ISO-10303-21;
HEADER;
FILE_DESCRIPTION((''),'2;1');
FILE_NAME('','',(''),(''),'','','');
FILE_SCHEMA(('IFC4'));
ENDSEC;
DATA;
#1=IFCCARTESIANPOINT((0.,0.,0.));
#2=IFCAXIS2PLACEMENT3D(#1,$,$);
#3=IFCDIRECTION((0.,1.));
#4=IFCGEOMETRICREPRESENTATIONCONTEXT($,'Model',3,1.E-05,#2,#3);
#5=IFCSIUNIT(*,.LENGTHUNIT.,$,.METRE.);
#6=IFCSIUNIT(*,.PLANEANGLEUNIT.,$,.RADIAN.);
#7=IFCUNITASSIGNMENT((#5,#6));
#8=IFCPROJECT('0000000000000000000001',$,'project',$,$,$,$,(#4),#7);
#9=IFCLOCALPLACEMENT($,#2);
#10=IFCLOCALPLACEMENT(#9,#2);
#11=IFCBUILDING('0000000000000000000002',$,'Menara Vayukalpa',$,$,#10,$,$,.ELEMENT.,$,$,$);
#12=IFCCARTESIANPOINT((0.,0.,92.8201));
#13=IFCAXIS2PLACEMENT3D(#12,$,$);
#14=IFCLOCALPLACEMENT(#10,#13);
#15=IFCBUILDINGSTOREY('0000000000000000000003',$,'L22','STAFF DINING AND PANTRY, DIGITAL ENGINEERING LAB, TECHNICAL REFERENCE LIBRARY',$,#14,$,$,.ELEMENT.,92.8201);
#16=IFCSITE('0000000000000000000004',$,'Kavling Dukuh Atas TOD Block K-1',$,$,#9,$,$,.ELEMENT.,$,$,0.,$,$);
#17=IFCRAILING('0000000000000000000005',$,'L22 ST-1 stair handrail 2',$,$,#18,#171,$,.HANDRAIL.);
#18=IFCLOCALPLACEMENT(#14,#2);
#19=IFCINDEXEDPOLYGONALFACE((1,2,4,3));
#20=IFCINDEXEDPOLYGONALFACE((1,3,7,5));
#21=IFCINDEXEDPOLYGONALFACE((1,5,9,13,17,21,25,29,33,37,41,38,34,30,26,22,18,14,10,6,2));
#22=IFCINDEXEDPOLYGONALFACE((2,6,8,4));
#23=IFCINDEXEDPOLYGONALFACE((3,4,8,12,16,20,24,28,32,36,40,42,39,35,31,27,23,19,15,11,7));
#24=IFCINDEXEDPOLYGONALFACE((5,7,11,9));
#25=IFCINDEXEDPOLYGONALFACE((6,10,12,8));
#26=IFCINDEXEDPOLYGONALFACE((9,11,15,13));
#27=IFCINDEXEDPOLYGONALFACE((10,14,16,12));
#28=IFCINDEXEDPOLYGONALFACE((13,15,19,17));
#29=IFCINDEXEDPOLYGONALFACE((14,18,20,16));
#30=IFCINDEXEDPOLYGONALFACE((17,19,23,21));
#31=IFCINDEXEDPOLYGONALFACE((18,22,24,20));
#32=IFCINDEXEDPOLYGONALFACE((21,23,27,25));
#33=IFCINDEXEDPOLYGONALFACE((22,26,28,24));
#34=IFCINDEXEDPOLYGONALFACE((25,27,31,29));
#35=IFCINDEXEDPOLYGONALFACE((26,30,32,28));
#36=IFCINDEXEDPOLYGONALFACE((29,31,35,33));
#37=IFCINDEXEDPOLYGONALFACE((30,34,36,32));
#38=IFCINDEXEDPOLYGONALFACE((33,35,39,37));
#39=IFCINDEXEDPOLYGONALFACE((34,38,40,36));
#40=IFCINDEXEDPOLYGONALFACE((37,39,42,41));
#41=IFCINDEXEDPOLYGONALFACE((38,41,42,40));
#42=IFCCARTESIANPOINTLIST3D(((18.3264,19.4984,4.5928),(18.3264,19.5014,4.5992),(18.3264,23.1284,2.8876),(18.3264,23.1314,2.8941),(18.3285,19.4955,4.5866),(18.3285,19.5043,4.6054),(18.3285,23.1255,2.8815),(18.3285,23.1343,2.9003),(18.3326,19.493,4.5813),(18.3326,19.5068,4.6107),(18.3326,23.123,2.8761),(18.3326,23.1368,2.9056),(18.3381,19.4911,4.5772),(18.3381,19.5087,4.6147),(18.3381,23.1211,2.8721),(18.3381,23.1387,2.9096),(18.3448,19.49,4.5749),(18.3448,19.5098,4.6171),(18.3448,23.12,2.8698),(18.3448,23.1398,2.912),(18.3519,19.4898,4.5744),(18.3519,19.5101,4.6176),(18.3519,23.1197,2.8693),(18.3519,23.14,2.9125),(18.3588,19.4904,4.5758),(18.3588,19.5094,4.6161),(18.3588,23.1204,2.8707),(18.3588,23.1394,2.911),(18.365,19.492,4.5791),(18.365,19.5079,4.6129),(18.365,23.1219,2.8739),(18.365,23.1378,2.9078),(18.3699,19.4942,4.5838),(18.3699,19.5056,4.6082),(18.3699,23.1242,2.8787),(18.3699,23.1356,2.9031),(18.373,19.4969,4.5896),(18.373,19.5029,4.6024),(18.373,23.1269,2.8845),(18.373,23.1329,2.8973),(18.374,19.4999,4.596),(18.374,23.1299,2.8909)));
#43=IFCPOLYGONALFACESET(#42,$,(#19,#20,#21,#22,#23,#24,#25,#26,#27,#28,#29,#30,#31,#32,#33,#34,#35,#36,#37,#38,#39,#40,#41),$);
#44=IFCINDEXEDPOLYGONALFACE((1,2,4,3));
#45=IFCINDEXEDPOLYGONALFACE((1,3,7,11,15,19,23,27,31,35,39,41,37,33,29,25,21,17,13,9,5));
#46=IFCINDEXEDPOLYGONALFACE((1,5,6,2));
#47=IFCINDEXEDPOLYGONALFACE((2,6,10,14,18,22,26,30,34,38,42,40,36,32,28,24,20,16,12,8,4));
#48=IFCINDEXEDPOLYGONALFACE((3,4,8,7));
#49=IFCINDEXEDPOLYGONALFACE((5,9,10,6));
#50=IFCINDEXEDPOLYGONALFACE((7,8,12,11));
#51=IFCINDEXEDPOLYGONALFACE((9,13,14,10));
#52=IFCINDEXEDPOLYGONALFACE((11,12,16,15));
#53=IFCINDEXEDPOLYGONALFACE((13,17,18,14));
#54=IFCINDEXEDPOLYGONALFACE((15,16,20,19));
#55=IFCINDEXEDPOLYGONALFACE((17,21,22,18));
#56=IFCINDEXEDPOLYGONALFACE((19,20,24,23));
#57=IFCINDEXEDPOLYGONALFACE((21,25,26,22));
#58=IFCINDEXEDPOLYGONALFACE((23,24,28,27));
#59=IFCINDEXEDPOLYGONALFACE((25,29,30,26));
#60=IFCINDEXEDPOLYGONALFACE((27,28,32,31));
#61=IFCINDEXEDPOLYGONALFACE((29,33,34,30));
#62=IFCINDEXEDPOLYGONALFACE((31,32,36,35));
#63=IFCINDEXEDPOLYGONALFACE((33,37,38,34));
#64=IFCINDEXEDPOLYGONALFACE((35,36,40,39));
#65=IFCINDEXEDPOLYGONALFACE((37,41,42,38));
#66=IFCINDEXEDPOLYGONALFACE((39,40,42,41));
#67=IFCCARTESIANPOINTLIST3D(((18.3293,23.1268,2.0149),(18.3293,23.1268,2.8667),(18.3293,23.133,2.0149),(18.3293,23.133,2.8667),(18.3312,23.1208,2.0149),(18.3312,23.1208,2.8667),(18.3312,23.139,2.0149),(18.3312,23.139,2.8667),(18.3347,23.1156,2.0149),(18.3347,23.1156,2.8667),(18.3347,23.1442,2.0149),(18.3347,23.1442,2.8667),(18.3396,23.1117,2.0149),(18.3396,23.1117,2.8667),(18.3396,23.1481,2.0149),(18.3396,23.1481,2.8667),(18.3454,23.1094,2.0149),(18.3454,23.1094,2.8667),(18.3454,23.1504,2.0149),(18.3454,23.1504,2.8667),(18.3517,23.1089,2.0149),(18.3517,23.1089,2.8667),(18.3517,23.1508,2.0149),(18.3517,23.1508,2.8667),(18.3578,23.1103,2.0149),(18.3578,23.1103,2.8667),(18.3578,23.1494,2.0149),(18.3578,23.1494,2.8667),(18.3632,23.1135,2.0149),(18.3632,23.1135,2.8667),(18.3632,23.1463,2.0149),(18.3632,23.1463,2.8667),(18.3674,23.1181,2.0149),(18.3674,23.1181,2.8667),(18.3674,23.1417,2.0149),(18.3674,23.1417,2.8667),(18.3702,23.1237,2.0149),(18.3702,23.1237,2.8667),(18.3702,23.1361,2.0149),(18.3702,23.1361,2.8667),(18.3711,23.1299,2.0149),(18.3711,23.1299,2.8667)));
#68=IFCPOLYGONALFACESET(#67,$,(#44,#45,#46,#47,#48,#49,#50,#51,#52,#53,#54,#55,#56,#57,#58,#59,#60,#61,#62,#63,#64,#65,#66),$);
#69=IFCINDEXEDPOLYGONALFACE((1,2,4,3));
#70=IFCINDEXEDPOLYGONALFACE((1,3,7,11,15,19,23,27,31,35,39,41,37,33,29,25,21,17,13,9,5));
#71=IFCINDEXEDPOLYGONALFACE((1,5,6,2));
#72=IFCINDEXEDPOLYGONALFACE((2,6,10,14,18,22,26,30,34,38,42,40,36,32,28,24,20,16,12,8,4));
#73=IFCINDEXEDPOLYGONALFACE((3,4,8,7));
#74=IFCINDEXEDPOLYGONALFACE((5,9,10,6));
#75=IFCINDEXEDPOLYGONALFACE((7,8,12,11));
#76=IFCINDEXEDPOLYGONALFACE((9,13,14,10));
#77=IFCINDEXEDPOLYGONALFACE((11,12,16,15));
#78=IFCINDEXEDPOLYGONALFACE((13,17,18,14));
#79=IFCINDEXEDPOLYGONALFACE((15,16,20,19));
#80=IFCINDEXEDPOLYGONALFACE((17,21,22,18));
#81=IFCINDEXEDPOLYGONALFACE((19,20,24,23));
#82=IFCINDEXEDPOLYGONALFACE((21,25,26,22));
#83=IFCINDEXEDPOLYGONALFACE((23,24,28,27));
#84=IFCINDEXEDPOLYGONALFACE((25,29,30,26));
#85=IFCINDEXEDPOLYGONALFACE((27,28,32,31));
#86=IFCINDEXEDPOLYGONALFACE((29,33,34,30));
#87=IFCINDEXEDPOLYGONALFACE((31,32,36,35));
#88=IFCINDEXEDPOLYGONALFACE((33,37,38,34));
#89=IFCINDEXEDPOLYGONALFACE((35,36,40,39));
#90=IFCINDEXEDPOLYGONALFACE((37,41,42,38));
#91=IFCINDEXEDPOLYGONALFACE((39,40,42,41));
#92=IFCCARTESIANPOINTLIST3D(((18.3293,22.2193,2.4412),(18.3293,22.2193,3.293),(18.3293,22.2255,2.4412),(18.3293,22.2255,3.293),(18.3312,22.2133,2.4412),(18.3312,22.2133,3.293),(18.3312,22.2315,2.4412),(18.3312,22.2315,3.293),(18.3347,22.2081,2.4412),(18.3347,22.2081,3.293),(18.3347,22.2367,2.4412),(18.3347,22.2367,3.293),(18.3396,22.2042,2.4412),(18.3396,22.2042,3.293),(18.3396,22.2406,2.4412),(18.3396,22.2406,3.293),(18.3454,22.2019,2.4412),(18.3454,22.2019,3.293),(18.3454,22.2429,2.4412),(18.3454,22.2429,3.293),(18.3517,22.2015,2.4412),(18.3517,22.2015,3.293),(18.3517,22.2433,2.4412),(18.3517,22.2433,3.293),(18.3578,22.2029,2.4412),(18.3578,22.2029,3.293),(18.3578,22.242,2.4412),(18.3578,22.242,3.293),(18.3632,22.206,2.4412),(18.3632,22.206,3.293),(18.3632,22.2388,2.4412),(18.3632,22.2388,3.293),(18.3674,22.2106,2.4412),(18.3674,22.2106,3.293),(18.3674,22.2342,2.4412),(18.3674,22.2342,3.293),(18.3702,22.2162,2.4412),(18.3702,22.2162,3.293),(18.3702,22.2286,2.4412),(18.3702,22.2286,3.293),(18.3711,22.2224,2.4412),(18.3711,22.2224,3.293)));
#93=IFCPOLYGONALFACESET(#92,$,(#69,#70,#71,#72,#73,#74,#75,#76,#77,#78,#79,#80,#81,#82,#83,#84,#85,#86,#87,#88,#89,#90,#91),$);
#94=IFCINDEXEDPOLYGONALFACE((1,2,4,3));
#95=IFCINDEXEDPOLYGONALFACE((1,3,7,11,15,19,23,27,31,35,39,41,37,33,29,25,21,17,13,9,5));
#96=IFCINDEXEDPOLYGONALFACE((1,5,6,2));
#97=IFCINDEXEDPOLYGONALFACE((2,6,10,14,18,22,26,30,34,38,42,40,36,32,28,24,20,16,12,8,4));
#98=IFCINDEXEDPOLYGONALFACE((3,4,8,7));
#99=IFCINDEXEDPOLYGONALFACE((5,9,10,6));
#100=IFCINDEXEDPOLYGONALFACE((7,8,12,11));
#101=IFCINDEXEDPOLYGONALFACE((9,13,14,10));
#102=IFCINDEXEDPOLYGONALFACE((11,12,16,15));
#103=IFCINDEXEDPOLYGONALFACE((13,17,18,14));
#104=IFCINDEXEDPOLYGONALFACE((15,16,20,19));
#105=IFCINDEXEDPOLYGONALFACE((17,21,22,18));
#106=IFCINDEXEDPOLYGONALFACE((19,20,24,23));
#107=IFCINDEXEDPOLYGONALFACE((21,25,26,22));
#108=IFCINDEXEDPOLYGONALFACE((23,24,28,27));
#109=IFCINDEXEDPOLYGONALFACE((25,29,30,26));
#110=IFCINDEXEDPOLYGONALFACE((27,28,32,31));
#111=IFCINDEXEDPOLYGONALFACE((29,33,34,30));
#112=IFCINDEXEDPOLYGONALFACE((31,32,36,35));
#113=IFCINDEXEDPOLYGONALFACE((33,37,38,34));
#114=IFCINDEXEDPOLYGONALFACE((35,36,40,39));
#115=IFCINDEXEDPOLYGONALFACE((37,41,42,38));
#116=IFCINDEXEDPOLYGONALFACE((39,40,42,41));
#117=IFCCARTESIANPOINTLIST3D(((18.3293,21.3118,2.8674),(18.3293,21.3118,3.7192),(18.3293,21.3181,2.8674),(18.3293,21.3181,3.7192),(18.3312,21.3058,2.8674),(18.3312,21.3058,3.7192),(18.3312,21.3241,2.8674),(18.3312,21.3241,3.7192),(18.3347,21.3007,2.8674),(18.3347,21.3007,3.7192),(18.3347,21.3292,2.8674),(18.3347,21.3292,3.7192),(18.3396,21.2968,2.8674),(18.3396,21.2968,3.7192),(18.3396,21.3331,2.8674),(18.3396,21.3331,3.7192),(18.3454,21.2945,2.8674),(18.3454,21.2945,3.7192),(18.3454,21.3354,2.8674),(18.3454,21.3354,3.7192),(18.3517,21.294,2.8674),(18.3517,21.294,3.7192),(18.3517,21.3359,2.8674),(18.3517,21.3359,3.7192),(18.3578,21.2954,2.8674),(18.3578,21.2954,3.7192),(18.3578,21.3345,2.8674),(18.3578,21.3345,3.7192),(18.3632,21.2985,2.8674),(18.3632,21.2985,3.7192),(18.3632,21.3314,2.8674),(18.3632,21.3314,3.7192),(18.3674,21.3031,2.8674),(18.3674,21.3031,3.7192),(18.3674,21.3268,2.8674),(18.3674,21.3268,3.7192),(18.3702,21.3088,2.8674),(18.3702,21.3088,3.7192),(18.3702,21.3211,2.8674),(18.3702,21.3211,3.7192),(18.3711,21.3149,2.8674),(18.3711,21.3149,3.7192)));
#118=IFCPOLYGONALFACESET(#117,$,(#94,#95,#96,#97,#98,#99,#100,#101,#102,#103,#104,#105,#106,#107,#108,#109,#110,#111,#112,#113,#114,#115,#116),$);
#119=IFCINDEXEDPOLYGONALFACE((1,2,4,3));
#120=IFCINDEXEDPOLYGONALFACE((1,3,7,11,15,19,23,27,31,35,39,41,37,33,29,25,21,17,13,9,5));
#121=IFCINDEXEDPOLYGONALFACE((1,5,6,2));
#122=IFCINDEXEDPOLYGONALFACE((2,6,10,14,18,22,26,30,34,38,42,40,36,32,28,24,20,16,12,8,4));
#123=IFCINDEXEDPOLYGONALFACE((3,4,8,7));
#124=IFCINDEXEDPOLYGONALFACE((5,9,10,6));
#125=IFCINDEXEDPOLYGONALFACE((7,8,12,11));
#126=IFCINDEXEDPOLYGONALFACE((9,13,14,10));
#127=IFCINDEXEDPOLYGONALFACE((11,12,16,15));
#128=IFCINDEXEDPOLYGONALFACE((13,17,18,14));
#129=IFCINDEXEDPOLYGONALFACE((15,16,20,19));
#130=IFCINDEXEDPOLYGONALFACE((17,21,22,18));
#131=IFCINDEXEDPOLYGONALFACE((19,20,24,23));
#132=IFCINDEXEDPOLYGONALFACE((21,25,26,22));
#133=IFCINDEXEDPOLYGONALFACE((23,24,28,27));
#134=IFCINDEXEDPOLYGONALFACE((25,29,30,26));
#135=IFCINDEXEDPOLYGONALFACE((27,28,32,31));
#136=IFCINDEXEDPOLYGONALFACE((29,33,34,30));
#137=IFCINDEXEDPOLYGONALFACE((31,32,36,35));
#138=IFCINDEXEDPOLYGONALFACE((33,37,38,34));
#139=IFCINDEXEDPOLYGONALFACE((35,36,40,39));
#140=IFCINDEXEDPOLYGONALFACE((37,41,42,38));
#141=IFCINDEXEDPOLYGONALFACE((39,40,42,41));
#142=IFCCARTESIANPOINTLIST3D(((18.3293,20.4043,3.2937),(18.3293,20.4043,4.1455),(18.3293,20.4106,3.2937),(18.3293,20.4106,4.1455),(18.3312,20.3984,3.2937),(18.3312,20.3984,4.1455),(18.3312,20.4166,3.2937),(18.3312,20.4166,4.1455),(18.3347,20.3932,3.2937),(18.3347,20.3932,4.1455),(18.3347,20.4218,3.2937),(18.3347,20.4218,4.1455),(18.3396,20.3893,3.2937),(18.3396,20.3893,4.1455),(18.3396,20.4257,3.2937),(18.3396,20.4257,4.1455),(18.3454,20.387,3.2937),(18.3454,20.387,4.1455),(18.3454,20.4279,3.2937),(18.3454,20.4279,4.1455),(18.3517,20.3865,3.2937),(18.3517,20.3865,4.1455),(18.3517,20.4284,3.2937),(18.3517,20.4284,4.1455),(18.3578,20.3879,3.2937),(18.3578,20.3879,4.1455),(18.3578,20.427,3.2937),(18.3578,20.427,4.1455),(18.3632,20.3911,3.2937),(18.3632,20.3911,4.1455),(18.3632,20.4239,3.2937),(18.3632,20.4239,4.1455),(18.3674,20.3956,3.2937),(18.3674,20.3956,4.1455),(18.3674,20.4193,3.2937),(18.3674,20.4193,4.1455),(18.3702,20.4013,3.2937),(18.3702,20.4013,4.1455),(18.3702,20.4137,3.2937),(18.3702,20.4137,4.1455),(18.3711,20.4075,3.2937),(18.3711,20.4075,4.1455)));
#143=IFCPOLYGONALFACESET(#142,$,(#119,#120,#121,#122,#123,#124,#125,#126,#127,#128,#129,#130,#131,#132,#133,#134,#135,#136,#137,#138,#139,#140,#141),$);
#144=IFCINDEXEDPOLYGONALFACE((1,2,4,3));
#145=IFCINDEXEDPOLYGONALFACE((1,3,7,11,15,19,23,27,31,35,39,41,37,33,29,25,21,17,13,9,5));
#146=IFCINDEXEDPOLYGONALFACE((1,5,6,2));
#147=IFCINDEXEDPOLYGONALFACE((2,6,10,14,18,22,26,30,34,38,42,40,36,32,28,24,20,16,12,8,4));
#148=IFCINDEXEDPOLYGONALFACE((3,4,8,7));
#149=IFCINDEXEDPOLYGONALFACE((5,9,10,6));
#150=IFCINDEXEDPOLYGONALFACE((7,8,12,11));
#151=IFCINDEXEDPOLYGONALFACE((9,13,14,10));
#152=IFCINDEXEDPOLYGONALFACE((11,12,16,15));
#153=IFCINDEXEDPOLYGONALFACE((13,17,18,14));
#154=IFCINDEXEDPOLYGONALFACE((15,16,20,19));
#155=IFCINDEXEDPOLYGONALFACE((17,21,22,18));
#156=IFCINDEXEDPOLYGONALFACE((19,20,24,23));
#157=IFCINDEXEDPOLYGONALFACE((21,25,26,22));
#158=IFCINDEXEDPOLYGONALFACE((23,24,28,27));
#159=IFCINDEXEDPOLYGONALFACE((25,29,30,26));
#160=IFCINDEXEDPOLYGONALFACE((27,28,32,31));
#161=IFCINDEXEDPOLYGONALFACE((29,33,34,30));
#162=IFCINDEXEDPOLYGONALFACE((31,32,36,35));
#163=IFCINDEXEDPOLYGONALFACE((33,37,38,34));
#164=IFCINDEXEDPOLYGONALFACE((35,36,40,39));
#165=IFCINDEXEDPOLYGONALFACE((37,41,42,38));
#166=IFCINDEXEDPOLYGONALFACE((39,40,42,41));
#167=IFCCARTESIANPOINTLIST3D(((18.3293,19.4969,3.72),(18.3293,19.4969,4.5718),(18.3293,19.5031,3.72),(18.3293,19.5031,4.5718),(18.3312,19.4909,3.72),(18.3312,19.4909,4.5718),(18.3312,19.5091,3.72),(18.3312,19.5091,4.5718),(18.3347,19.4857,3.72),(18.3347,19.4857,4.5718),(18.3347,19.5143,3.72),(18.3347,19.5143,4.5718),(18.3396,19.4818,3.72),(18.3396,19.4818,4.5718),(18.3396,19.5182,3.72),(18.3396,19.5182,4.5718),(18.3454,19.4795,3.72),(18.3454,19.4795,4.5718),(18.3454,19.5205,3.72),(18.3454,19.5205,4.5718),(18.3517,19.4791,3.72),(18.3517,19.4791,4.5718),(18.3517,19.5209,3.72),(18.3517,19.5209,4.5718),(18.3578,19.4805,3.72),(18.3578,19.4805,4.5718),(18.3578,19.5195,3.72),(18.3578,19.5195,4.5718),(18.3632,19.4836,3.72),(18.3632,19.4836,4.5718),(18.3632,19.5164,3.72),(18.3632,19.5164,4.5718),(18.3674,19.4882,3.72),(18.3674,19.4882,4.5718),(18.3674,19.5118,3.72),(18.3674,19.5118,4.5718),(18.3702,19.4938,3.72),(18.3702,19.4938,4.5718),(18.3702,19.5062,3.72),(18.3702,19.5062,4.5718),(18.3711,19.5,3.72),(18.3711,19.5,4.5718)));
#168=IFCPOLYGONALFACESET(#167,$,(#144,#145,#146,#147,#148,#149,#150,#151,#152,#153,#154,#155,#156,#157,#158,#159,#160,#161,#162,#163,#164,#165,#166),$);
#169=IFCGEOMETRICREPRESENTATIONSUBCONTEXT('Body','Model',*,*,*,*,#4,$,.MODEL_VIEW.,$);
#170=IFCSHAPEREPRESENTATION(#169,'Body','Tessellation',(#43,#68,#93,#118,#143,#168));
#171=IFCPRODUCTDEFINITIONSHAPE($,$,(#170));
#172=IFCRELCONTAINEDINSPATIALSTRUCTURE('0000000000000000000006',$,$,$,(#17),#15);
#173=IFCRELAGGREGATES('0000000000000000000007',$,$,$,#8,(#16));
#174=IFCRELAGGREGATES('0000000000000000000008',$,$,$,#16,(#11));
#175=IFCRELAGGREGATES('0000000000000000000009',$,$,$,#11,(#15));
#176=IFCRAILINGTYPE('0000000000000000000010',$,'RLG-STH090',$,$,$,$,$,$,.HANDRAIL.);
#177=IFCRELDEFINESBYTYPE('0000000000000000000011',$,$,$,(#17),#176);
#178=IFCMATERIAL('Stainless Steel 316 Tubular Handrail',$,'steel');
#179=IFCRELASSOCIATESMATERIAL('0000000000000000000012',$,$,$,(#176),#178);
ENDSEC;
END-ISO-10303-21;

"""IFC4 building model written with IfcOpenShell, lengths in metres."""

from ifc_helpers import new_model, si_unit, direction, frame, origin, origin_2d, place, context, subcontext, project, spatial, circle, extrude, material, type_object, element, save


model = new_model("IFC4")

# Units and contexts
model_context = context("Model", 3, precision=1e-05, world=origin(), true_north=direction((0.0, 1.0)))
body_context = subcontext(model_context, "Body", "Model", "MODEL_VIEW")
ifc_project = project(units=[si_unit("LENGTHUNIT", "METRE"), si_unit("PLANEANGLEUNIT", "RADIAN")], contexts=[model_context])

# Site, building, storey
site_placement = place(None, origin())
site = spatial("IfcSite", under=ifc_project, at=site_placement, Name="Kavling Dukuh Atas TOD Block K-1", CompositionType="ELEMENT", RefElevation=0.0)
building_placement = place(site_placement, origin())
building = spatial("IfcBuilding", under=site, at=building_placement, Name="Menara Vayukalpa", CompositionType="ELEMENT")
storey_placement = place(building_placement, frame((0.0, 0.0, 92.8201)))
storey = spatial("IfcBuildingStorey", under=building, at=storey_placement, Name="L22", Description="STAFF DINING AND PANTRY, DIGITAL ENGINEERING LAB, TECHNICAL REFERENCE LIBRARY", CompositionType="ELEMENT", Elevation=92.8201)

# Railing
ifc_material_1 = material(Name="Stainless Steel 316 Tubular Handrail", Category="steel")
railing_type_1 = type_object("IfcRailingType", Name="RLG-STH090", PredefinedType="HANDRAIL", material=ifc_material_1)
railing_1_placement = place(storey_placement, frame((18.3501, 23.1299, 2.0149)))
element("IfcRailing", 1, at=railing_1_placement, inside=storey, type_object=railing_type_1, Name="L22 ST-1 stair handrail 2", PredefinedType="HANDRAIL", context=body_context, shape_type="SweptSolid", body=[
    extrude(circle(Radius=0.0239, at=origin_2d()), frame((0.0, 0.0, 0.876), z_axis=(0.0, -0.905116, 0.425164), x_axis=(1.0, 0.0, 0.0)), (0.0, 0.0, 1.0), 4.0105),
    extrude(circle(Radius=0.021, at=origin_2d()), origin(), (0.0, 0.0, 1.0), 0.8518),
    extrude(circle(Radius=0.021, at=origin_2d()), frame((0.0, -0.9075, 0.4263)), (0.0, 0.0, 1.0), 0.8518),
    extrude(circle(Radius=0.021, at=origin_2d()), frame((0.0, -1.8149, 0.8525)), (0.0, 0.0, 1.0), 0.8518),
    extrude(circle(Radius=0.021, at=origin_2d()), frame((0.0, -2.7224, 1.2788)), (0.0, 0.0, 1.0), 0.8518),
    extrude(circle(Radius=0.021, at=origin_2d()), frame((0.0, -3.6299, 1.7051)), (0.0, 0.0, 1.0), 0.8518),
])

save(model, "model.ifc")
